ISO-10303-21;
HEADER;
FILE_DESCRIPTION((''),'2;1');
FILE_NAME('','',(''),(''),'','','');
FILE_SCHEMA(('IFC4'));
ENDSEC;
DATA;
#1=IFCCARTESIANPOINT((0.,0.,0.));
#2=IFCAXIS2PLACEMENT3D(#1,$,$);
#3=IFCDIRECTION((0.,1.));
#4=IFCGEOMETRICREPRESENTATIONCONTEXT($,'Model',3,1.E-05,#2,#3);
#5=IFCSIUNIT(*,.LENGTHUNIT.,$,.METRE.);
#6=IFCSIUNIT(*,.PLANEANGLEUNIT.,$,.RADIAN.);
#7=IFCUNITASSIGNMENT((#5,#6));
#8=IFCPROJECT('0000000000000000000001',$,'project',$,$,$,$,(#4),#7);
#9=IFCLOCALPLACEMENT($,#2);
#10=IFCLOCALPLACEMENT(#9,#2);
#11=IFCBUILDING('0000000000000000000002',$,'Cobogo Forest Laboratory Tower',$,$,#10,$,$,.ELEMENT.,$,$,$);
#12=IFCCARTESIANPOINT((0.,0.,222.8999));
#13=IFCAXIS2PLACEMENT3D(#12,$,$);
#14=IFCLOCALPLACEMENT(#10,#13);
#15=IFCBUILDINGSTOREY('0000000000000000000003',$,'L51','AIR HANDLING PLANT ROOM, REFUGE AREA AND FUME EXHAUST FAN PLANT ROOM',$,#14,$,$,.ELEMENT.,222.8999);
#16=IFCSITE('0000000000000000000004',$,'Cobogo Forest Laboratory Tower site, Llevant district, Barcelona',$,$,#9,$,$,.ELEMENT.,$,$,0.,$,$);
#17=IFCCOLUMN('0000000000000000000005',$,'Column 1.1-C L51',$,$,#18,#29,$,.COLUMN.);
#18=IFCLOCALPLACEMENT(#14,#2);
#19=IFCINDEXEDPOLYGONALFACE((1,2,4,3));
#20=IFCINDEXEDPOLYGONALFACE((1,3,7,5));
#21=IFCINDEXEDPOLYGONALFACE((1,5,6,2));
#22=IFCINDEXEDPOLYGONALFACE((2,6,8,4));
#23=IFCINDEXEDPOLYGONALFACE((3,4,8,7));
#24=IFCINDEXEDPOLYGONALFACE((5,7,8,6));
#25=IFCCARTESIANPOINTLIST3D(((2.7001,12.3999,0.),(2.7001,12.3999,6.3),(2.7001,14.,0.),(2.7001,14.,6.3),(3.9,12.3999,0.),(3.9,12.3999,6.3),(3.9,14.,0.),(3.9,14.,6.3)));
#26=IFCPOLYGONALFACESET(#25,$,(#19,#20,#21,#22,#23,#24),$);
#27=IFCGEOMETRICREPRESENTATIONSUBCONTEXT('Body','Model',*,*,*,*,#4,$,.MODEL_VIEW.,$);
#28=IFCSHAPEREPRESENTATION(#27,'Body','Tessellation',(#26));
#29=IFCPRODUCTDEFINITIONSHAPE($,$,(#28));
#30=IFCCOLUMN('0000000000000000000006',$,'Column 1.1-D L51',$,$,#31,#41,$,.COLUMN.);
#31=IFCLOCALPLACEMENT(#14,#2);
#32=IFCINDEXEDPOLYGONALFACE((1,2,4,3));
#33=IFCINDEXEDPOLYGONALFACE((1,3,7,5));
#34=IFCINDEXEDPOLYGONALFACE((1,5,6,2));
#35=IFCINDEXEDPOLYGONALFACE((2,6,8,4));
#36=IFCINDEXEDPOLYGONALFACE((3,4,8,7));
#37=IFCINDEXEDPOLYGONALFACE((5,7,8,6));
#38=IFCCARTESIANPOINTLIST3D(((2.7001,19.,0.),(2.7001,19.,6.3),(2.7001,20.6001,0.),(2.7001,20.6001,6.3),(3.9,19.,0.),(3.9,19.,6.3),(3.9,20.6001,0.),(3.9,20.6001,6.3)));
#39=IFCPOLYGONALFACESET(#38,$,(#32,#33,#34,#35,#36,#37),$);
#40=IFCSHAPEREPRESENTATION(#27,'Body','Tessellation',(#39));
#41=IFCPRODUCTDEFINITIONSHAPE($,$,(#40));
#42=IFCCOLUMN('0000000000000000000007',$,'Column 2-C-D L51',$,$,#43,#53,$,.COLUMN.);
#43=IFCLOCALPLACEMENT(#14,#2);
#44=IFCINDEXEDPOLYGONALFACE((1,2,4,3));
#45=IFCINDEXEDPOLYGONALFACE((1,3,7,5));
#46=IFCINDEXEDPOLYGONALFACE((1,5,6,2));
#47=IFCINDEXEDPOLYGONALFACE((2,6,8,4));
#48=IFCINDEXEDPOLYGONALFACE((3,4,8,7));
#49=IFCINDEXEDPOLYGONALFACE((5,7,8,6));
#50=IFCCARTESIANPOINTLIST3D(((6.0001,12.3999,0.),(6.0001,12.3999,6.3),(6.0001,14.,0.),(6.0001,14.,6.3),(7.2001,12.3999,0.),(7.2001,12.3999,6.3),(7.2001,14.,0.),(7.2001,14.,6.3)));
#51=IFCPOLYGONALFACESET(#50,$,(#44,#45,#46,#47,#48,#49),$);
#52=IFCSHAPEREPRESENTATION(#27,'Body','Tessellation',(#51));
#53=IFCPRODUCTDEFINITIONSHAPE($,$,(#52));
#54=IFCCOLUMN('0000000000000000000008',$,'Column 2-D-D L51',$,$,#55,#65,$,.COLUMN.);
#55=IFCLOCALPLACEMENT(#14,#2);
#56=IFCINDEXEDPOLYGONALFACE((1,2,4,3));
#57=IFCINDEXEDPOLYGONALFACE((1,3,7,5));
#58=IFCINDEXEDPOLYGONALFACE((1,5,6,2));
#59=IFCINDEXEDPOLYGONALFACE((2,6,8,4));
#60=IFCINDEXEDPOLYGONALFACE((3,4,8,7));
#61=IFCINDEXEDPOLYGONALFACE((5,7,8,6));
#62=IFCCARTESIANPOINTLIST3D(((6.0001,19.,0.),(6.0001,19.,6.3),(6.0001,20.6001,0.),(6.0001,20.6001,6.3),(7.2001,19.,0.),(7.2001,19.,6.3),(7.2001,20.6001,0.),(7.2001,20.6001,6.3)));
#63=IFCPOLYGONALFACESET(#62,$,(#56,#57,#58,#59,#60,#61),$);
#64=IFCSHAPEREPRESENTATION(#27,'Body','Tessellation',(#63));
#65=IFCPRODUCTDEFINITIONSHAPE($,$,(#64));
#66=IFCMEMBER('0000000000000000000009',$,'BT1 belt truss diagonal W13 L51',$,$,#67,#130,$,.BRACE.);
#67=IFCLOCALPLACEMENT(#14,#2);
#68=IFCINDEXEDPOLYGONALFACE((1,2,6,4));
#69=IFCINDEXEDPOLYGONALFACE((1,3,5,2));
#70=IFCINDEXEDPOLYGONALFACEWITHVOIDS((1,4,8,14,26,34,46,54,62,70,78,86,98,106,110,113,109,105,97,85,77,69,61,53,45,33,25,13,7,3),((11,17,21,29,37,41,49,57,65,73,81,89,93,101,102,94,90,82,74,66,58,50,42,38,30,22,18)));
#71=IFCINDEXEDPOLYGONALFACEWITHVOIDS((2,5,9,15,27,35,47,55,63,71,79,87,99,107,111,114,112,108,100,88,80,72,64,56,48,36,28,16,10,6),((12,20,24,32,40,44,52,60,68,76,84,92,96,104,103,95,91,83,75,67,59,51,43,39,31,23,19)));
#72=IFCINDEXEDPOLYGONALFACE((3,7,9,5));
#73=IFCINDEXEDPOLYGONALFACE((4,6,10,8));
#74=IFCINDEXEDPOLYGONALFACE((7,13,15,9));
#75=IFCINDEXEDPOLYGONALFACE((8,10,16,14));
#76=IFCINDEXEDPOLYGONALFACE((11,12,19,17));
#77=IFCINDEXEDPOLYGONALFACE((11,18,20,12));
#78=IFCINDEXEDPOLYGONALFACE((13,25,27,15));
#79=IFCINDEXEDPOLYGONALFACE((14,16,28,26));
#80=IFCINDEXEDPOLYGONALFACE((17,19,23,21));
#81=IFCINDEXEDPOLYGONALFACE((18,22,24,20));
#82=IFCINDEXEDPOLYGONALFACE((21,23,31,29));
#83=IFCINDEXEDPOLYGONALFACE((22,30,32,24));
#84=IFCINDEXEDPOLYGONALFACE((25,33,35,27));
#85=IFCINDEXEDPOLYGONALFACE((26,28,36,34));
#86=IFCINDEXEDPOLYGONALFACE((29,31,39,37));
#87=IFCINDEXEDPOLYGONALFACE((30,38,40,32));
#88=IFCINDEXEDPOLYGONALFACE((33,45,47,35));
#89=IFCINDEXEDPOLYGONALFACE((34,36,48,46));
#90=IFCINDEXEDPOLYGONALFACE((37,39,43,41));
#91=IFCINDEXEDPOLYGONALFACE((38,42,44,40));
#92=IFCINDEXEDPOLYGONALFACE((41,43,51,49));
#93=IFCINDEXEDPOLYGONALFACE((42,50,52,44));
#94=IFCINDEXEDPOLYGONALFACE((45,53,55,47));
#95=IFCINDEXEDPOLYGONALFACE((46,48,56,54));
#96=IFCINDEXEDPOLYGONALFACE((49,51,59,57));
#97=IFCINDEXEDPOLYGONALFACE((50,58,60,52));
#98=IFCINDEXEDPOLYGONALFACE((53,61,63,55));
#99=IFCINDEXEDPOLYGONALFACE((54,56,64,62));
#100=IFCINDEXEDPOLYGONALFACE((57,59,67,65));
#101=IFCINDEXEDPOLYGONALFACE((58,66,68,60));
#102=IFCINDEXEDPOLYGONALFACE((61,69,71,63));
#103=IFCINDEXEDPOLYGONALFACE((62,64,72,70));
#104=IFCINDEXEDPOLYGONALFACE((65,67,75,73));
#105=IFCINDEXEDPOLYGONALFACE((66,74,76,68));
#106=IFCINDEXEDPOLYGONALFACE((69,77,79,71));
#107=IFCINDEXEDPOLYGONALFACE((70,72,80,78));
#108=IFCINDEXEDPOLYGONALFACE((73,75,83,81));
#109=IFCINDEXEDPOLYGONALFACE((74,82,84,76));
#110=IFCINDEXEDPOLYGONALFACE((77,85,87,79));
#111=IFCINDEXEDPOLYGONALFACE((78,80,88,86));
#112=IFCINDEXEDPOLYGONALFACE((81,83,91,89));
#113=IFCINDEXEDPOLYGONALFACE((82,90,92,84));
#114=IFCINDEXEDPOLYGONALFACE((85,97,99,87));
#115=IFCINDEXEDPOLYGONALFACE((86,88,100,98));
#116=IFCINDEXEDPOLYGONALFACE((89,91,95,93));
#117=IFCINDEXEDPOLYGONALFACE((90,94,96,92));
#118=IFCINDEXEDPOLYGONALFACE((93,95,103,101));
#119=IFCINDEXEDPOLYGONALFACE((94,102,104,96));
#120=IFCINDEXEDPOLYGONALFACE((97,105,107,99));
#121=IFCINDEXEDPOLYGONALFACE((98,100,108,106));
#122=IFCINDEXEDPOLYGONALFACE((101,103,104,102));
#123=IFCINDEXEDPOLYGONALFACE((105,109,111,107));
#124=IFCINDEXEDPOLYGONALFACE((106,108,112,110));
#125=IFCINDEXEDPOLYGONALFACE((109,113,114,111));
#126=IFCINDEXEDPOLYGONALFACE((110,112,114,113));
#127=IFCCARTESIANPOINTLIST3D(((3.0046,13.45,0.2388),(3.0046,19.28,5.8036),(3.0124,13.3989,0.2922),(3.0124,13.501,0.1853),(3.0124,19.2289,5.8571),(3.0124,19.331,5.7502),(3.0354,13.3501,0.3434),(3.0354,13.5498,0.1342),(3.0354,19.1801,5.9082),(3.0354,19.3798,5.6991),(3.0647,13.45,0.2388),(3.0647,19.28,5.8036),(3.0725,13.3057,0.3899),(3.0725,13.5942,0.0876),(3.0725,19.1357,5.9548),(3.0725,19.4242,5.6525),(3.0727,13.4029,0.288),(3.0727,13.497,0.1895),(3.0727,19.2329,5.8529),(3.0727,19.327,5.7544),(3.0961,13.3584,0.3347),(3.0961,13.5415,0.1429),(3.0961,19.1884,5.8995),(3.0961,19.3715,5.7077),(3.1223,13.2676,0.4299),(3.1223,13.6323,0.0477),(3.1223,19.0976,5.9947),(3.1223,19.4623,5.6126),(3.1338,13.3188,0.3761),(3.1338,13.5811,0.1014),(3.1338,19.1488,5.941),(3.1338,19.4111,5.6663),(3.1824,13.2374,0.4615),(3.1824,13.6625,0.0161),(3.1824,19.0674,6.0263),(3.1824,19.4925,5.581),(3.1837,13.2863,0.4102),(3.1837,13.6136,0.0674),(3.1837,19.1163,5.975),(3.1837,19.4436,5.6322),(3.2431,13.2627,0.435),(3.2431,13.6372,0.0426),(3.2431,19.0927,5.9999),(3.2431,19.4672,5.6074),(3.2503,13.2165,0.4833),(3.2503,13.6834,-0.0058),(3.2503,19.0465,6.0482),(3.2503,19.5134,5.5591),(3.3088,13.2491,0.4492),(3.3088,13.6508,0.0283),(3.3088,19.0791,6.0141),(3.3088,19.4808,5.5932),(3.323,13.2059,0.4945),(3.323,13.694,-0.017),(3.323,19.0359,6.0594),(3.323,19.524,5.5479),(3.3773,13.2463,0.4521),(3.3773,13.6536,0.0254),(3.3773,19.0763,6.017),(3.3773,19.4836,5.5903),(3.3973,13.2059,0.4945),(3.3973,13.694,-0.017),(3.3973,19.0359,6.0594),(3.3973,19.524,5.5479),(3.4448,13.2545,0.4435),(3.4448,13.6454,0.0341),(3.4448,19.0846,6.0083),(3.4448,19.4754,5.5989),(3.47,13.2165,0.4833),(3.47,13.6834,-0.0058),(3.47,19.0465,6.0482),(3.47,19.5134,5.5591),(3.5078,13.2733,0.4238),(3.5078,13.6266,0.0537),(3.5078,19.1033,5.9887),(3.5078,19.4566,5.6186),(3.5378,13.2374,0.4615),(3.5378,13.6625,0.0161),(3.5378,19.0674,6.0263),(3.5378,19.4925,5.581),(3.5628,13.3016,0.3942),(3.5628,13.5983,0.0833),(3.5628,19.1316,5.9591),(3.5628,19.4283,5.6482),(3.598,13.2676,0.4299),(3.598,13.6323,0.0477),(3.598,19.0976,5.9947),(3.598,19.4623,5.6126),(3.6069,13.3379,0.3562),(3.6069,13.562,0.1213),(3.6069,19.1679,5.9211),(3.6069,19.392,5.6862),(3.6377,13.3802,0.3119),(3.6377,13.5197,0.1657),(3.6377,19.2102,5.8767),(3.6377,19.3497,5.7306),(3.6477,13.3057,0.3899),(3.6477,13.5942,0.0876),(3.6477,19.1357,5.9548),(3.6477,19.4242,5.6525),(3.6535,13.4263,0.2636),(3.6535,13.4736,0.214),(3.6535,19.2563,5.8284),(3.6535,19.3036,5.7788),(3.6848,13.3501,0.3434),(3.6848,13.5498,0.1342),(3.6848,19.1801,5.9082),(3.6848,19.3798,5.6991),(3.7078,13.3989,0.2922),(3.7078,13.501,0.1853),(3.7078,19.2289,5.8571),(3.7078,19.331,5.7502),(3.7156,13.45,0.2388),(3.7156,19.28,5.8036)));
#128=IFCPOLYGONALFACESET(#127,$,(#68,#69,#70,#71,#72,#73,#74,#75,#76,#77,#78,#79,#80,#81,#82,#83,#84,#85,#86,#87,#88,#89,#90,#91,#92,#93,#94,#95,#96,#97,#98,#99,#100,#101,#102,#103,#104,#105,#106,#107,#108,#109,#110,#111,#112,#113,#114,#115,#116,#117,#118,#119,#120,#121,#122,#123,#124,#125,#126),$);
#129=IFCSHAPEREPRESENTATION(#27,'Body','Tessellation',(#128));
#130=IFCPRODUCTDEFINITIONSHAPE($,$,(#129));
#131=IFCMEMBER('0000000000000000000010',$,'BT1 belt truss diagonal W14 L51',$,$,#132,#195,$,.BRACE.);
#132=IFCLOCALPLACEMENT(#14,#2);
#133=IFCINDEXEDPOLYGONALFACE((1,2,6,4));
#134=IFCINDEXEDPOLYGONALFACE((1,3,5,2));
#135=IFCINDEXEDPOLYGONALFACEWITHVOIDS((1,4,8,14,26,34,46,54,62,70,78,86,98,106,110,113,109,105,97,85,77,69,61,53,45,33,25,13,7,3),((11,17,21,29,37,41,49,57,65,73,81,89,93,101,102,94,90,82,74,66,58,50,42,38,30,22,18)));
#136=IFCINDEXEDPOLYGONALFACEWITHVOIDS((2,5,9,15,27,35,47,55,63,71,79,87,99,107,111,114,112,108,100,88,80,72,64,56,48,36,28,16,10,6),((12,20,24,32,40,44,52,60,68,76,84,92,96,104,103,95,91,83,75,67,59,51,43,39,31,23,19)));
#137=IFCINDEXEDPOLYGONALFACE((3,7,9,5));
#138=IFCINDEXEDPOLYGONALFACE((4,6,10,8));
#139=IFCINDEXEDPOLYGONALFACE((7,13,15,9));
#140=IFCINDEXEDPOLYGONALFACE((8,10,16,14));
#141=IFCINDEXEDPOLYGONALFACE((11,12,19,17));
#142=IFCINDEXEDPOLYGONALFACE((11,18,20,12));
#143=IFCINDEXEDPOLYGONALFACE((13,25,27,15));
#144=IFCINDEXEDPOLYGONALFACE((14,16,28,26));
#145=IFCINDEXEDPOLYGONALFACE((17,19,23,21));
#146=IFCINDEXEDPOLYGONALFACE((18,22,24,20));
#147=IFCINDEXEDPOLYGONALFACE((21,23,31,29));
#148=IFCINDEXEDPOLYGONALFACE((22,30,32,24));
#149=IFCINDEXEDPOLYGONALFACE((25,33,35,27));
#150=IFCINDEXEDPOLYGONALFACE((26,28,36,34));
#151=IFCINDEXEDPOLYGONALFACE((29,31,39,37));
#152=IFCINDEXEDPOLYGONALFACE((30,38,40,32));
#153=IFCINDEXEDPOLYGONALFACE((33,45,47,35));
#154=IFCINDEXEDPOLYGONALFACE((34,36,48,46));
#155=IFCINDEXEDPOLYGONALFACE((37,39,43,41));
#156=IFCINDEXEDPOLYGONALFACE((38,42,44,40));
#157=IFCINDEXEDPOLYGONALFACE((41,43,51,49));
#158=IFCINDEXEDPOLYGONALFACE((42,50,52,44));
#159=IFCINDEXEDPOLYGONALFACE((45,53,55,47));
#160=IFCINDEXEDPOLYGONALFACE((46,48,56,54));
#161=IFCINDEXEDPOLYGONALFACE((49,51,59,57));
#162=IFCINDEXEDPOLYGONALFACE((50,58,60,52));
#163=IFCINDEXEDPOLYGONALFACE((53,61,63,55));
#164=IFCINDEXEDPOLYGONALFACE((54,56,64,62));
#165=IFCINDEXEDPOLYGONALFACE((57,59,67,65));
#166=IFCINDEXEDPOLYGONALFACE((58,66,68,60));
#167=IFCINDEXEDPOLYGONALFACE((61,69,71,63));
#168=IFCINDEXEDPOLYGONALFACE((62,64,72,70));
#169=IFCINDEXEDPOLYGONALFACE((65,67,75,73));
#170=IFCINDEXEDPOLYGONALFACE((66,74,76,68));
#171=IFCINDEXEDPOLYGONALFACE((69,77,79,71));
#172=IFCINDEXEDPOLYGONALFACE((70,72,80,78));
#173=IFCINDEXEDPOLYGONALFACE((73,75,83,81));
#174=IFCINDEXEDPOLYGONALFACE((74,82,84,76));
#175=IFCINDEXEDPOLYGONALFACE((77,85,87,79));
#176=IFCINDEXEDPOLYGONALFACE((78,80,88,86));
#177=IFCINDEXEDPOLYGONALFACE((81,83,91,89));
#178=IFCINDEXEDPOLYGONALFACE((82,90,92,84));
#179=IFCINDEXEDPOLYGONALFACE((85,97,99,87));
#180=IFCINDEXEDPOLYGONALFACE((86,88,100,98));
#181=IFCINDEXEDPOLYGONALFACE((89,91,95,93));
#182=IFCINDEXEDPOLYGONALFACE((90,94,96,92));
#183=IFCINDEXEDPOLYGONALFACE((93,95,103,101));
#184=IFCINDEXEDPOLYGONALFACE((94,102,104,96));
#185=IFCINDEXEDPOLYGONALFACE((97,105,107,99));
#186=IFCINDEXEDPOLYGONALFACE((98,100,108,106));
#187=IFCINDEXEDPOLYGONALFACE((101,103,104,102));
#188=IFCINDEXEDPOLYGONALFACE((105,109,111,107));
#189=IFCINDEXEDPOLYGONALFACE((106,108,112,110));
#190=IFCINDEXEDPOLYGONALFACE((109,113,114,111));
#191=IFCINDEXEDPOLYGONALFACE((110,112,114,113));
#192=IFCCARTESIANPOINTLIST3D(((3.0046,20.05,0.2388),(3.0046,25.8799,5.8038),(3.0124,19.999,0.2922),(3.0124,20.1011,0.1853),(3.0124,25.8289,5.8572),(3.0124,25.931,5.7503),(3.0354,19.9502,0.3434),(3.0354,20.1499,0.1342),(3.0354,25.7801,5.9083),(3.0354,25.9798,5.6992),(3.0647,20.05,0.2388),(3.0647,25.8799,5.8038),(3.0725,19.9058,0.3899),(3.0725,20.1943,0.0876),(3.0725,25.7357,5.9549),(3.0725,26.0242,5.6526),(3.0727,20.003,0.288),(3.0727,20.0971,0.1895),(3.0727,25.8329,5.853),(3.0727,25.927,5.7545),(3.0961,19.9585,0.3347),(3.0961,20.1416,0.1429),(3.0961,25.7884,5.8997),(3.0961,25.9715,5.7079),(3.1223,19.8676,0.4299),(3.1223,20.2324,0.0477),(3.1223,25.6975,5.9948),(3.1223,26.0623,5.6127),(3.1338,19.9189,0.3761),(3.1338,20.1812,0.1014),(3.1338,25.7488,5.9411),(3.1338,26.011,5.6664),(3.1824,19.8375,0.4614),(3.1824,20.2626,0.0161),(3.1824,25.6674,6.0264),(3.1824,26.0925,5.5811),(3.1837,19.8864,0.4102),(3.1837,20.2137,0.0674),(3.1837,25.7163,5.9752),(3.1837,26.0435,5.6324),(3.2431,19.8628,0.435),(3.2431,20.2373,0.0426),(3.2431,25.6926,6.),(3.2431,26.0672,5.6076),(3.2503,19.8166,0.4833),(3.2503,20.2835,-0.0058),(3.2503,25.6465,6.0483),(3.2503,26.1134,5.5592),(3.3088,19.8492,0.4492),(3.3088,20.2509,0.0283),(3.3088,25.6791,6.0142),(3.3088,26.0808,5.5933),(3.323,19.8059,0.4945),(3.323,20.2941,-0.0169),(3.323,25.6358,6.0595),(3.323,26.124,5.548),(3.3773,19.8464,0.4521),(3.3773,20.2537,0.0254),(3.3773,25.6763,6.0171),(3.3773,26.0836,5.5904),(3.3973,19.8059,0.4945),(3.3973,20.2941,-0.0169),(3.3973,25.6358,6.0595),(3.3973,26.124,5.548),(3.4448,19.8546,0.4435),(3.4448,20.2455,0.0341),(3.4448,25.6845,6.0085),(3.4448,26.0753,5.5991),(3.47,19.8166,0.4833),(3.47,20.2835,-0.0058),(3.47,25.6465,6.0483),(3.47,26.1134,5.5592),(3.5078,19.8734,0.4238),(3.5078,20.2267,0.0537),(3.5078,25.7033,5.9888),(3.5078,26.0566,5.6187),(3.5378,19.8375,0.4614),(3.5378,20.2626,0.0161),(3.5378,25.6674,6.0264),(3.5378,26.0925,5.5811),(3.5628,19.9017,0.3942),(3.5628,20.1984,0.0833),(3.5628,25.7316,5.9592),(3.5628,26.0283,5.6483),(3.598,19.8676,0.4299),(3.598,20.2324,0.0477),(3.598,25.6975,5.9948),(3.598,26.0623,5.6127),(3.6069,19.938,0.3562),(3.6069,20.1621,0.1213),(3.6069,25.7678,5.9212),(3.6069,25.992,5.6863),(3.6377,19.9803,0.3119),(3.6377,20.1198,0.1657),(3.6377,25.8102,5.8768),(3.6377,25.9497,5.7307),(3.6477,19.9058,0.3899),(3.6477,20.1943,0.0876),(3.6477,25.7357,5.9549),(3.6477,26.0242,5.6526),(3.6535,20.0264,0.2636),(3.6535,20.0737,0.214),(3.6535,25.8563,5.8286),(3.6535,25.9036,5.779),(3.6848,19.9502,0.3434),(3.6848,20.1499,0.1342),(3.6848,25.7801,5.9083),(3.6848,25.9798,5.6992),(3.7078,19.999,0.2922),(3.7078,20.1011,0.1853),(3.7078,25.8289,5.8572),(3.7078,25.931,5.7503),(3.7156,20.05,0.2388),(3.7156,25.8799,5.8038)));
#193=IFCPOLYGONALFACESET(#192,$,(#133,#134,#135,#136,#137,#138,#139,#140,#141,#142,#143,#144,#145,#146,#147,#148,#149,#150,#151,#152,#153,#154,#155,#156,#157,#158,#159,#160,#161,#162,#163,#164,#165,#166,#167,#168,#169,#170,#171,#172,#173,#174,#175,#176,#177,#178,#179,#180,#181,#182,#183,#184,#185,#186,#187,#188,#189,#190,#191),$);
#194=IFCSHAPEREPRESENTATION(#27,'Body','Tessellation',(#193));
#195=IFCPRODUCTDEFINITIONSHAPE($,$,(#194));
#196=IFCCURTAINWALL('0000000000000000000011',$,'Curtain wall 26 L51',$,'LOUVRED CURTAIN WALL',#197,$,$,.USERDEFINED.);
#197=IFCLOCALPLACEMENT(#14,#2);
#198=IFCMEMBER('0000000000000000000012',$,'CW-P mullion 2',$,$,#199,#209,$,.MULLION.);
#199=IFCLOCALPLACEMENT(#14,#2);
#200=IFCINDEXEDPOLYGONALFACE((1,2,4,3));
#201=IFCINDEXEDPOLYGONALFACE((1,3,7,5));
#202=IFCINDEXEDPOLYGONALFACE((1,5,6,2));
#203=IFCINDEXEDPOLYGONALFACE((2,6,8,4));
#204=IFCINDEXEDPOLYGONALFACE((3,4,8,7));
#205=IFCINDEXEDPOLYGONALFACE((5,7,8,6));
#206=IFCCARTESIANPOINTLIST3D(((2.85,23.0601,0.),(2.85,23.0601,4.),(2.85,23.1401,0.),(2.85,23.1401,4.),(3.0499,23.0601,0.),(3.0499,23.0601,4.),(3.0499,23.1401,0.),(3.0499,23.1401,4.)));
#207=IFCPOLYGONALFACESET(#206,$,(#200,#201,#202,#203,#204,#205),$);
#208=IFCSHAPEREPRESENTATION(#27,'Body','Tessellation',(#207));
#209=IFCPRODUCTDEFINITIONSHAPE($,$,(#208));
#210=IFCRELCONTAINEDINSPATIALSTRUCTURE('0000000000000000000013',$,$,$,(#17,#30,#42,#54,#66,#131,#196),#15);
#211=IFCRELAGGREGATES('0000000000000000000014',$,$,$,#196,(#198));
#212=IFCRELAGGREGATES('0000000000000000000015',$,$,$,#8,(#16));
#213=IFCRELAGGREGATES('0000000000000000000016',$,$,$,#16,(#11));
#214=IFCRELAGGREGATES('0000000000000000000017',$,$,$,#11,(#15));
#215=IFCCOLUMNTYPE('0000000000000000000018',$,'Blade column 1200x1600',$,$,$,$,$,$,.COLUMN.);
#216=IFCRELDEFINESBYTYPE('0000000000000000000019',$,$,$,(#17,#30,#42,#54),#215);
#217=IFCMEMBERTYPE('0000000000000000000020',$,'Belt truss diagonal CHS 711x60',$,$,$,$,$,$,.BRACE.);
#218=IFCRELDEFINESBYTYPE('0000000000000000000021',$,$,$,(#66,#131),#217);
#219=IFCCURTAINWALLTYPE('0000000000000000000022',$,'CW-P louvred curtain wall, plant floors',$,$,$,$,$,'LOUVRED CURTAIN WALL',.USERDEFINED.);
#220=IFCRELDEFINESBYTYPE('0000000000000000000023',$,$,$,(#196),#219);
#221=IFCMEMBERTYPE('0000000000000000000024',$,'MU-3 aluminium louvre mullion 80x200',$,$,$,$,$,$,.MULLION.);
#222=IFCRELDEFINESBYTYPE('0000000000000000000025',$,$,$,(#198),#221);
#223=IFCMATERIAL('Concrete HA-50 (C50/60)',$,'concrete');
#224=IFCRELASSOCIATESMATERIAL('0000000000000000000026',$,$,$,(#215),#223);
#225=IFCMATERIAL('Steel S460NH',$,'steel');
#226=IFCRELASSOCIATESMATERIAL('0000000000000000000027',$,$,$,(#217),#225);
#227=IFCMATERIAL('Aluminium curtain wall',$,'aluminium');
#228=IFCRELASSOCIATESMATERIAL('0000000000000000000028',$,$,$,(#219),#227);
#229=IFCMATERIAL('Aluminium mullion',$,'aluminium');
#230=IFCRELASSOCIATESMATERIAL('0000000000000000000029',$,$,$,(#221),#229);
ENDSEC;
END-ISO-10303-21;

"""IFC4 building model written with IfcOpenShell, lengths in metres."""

from ifc_helpers import new_model, si_unit, direction, frame, origin, origin_2d, place, context, subcontext, project, spatial, rectangle, hollow_circle, extrude, material, material_profile, profile_set, type_object, element, aggregate, save


model = new_model("IFC4")

# Units and contexts
model_context = context("Model", 3, precision=1e-05, world=origin(), true_north=direction((0.0, 1.0)))
body_context = subcontext(model_context, "Body", "Model", "MODEL_VIEW")
ifc_project = project(units=[si_unit("LENGTHUNIT", "METRE"), si_unit("PLANEANGLEUNIT", "RADIAN")], contexts=[model_context])

# Site, building, storey
site_placement = place(None, origin())
site = spatial("IfcSite", under=ifc_project, at=site_placement, Name="Cobogo Forest Laboratory Tower site, Llevant district, Barcelona", CompositionType="ELEMENT", RefElevation=0.0)
building_placement = place(site_placement, origin())
building = spatial("IfcBuilding", under=site, at=building_placement, Name="Cobogo Forest Laboratory Tower", CompositionType="ELEMENT")
storey_placement = place(building_placement, frame((0.0, 0.0, 222.8999)))
storey = spatial("IfcBuildingStorey", under=building, at=storey_placement, Name="L51", Description="AIR HANDLING PLANT ROOM, REFUGE AREA AND FUME EXHAUST FAN PLANT ROOM", CompositionType="ELEMENT", Elevation=222.8999)

# Columns
ifc_material_1 = material(Name="Concrete HA-50 (C50/60)", Category="concrete")
ifc_material_profile_1 = material_profile(ifc_material_1, rectangle(XDim=1.6001, YDim=1.2, at=origin_2d()), Name="RC 1200x1600")
ifc_profile_set_1 = profile_set([ifc_material_profile_1], Name="Concrete HA-50 (C50/60)")
column_type = type_object("IfcColumnType", Name="Blade column 1200x1600", PredefinedType="COLUMN", material=ifc_profile_set_1)
for number, where, z_axis, x_axis, name in (
    (1, (3.3, 13.2, 0.0), (0.0, 0.0, 1.0), (0.0, 1.0, 0.0), "Column 1.1-C L51"),
    (2, (3.3, 19.8, 0.0), (0.0, 0.0, 1.0), (0.0, 1.0, 0.0), "Column 1.1-D L51"),
    (3, (6.6001, 13.2, 0.0), (0.0, 0.0, 1.0), (0.0, 1.0, 0.0), "Column 2-C-D L51"),
    (4, (6.6001, 19.8, 0.0), (0.0, 0.0, 1.0), (0.0, 1.0, 0.0), "Column 2-D-D L51"),
):
    element("IfcColumn", number, at=place(storey_placement, frame(where, z_axis=z_axis, x_axis=x_axis)), inside=storey, type_object=column_type, Name=name, PredefinedType="COLUMN", context=body_context, shape_type="SweptSolid", body=[
        extrude(rectangle(XDim=1.6001, YDim=1.2, at=origin_2d()), origin(), (0.0, 0.0, 1.0), 6.3),
    ])

# Members
ifc_material_2 = material(Name="Steel S460NH", Category="steel")
ifc_material_profile_2 = material_profile(ifc_material_2, hollow_circle(Radius=0.3555, WallThickness=0.0601, at=origin_2d()), Name="CHS 711x60")
ifc_profile_set_2 = profile_set([ifc_material_profile_2], Name="Steel S460NH")
member_type_1 = type_object("IfcMemberType", Name="Belt truss diagonal CHS 711x60", PredefinedType="BRACE", material=ifc_profile_set_2)
for number, where, z_axis, x_axis, name in (
    (5, (3.3601, 13.45, 0.2388), (0.0, 0.723364, 0.690467), (-1.0, 0.0, 0.0), "BT1 belt truss diagonal W13 L51"),
    (6, (3.3601, 20.05, 0.2388), (0.0, 0.723349, 0.690482), (-1.0, 0.0, 0.0), "BT1 belt truss diagonal W14 L51"),
):
    element("IfcMember", number, at=place(storey_placement, frame(where, z_axis=z_axis, x_axis=x_axis)), inside=storey, type_object=member_type_1, Name=name, PredefinedType="BRACE", context=body_context, shape_type="SweptSolid", body=[
        extrude(hollow_circle(Radius=0.3555, WallThickness=0.0601, at=origin_2d()), origin(), (0.0, 0.0, 1.0), 8.0596),
    ])

# Curtain wall, member
ifc_material_3 = material(Name="Aluminium curtain wall", Category="aluminium")
curtain_wall_type = type_object("IfcCurtainWallType", Name="CW-P louvred curtain wall, plant floors", ElementType="LOUVRED CURTAIN WALL", PredefinedType="USERDEFINED", material=ifc_material_3)
curtain_wall_1_placement = place(storey_placement, origin())
curtain_wall_1 = element("IfcCurtainWall", 7, at=curtain_wall_1_placement, inside=storey, type_object=curtain_wall_type, Name="Curtain wall 26 L51", ObjectType="LOUVRED CURTAIN WALL", PredefinedType="USERDEFINED")
ifc_material_4 = material(Name="Aluminium mullion", Category="aluminium")
ifc_material_profile_3 = material_profile(ifc_material_4, rectangle(XDim=0.0801, YDim=0.2, at=origin_2d()), Name="AL 80x200")
ifc_profile_set_3 = profile_set([ifc_material_profile_3], Name="Aluminium mullion")
member_type_2 = type_object("IfcMemberType", Name="MU-3 aluminium louvre mullion 80x200", PredefinedType="MULLION", material=ifc_profile_set_3)
member_1_placement = place(storey_placement, frame((2.95, 23.1001, 0.0), z_axis=(0.0, 0.0, 1.0), x_axis=(0.0, -1.0, 0.0)))
member_1 = element("IfcMember", 8, at=member_1_placement, type_object=member_type_2, Name="CW-P mullion 2", PredefinedType="MULLION", context=body_context, shape_type="SweptSolid", body=[
    extrude(rectangle(XDim=0.0801, YDim=0.2, at=origin_2d()), origin(), (0.0, 0.0, 1.0), 4.0),
])

aggregate(curtain_wall_1, [member_1])

save(model, "model.ifc")
